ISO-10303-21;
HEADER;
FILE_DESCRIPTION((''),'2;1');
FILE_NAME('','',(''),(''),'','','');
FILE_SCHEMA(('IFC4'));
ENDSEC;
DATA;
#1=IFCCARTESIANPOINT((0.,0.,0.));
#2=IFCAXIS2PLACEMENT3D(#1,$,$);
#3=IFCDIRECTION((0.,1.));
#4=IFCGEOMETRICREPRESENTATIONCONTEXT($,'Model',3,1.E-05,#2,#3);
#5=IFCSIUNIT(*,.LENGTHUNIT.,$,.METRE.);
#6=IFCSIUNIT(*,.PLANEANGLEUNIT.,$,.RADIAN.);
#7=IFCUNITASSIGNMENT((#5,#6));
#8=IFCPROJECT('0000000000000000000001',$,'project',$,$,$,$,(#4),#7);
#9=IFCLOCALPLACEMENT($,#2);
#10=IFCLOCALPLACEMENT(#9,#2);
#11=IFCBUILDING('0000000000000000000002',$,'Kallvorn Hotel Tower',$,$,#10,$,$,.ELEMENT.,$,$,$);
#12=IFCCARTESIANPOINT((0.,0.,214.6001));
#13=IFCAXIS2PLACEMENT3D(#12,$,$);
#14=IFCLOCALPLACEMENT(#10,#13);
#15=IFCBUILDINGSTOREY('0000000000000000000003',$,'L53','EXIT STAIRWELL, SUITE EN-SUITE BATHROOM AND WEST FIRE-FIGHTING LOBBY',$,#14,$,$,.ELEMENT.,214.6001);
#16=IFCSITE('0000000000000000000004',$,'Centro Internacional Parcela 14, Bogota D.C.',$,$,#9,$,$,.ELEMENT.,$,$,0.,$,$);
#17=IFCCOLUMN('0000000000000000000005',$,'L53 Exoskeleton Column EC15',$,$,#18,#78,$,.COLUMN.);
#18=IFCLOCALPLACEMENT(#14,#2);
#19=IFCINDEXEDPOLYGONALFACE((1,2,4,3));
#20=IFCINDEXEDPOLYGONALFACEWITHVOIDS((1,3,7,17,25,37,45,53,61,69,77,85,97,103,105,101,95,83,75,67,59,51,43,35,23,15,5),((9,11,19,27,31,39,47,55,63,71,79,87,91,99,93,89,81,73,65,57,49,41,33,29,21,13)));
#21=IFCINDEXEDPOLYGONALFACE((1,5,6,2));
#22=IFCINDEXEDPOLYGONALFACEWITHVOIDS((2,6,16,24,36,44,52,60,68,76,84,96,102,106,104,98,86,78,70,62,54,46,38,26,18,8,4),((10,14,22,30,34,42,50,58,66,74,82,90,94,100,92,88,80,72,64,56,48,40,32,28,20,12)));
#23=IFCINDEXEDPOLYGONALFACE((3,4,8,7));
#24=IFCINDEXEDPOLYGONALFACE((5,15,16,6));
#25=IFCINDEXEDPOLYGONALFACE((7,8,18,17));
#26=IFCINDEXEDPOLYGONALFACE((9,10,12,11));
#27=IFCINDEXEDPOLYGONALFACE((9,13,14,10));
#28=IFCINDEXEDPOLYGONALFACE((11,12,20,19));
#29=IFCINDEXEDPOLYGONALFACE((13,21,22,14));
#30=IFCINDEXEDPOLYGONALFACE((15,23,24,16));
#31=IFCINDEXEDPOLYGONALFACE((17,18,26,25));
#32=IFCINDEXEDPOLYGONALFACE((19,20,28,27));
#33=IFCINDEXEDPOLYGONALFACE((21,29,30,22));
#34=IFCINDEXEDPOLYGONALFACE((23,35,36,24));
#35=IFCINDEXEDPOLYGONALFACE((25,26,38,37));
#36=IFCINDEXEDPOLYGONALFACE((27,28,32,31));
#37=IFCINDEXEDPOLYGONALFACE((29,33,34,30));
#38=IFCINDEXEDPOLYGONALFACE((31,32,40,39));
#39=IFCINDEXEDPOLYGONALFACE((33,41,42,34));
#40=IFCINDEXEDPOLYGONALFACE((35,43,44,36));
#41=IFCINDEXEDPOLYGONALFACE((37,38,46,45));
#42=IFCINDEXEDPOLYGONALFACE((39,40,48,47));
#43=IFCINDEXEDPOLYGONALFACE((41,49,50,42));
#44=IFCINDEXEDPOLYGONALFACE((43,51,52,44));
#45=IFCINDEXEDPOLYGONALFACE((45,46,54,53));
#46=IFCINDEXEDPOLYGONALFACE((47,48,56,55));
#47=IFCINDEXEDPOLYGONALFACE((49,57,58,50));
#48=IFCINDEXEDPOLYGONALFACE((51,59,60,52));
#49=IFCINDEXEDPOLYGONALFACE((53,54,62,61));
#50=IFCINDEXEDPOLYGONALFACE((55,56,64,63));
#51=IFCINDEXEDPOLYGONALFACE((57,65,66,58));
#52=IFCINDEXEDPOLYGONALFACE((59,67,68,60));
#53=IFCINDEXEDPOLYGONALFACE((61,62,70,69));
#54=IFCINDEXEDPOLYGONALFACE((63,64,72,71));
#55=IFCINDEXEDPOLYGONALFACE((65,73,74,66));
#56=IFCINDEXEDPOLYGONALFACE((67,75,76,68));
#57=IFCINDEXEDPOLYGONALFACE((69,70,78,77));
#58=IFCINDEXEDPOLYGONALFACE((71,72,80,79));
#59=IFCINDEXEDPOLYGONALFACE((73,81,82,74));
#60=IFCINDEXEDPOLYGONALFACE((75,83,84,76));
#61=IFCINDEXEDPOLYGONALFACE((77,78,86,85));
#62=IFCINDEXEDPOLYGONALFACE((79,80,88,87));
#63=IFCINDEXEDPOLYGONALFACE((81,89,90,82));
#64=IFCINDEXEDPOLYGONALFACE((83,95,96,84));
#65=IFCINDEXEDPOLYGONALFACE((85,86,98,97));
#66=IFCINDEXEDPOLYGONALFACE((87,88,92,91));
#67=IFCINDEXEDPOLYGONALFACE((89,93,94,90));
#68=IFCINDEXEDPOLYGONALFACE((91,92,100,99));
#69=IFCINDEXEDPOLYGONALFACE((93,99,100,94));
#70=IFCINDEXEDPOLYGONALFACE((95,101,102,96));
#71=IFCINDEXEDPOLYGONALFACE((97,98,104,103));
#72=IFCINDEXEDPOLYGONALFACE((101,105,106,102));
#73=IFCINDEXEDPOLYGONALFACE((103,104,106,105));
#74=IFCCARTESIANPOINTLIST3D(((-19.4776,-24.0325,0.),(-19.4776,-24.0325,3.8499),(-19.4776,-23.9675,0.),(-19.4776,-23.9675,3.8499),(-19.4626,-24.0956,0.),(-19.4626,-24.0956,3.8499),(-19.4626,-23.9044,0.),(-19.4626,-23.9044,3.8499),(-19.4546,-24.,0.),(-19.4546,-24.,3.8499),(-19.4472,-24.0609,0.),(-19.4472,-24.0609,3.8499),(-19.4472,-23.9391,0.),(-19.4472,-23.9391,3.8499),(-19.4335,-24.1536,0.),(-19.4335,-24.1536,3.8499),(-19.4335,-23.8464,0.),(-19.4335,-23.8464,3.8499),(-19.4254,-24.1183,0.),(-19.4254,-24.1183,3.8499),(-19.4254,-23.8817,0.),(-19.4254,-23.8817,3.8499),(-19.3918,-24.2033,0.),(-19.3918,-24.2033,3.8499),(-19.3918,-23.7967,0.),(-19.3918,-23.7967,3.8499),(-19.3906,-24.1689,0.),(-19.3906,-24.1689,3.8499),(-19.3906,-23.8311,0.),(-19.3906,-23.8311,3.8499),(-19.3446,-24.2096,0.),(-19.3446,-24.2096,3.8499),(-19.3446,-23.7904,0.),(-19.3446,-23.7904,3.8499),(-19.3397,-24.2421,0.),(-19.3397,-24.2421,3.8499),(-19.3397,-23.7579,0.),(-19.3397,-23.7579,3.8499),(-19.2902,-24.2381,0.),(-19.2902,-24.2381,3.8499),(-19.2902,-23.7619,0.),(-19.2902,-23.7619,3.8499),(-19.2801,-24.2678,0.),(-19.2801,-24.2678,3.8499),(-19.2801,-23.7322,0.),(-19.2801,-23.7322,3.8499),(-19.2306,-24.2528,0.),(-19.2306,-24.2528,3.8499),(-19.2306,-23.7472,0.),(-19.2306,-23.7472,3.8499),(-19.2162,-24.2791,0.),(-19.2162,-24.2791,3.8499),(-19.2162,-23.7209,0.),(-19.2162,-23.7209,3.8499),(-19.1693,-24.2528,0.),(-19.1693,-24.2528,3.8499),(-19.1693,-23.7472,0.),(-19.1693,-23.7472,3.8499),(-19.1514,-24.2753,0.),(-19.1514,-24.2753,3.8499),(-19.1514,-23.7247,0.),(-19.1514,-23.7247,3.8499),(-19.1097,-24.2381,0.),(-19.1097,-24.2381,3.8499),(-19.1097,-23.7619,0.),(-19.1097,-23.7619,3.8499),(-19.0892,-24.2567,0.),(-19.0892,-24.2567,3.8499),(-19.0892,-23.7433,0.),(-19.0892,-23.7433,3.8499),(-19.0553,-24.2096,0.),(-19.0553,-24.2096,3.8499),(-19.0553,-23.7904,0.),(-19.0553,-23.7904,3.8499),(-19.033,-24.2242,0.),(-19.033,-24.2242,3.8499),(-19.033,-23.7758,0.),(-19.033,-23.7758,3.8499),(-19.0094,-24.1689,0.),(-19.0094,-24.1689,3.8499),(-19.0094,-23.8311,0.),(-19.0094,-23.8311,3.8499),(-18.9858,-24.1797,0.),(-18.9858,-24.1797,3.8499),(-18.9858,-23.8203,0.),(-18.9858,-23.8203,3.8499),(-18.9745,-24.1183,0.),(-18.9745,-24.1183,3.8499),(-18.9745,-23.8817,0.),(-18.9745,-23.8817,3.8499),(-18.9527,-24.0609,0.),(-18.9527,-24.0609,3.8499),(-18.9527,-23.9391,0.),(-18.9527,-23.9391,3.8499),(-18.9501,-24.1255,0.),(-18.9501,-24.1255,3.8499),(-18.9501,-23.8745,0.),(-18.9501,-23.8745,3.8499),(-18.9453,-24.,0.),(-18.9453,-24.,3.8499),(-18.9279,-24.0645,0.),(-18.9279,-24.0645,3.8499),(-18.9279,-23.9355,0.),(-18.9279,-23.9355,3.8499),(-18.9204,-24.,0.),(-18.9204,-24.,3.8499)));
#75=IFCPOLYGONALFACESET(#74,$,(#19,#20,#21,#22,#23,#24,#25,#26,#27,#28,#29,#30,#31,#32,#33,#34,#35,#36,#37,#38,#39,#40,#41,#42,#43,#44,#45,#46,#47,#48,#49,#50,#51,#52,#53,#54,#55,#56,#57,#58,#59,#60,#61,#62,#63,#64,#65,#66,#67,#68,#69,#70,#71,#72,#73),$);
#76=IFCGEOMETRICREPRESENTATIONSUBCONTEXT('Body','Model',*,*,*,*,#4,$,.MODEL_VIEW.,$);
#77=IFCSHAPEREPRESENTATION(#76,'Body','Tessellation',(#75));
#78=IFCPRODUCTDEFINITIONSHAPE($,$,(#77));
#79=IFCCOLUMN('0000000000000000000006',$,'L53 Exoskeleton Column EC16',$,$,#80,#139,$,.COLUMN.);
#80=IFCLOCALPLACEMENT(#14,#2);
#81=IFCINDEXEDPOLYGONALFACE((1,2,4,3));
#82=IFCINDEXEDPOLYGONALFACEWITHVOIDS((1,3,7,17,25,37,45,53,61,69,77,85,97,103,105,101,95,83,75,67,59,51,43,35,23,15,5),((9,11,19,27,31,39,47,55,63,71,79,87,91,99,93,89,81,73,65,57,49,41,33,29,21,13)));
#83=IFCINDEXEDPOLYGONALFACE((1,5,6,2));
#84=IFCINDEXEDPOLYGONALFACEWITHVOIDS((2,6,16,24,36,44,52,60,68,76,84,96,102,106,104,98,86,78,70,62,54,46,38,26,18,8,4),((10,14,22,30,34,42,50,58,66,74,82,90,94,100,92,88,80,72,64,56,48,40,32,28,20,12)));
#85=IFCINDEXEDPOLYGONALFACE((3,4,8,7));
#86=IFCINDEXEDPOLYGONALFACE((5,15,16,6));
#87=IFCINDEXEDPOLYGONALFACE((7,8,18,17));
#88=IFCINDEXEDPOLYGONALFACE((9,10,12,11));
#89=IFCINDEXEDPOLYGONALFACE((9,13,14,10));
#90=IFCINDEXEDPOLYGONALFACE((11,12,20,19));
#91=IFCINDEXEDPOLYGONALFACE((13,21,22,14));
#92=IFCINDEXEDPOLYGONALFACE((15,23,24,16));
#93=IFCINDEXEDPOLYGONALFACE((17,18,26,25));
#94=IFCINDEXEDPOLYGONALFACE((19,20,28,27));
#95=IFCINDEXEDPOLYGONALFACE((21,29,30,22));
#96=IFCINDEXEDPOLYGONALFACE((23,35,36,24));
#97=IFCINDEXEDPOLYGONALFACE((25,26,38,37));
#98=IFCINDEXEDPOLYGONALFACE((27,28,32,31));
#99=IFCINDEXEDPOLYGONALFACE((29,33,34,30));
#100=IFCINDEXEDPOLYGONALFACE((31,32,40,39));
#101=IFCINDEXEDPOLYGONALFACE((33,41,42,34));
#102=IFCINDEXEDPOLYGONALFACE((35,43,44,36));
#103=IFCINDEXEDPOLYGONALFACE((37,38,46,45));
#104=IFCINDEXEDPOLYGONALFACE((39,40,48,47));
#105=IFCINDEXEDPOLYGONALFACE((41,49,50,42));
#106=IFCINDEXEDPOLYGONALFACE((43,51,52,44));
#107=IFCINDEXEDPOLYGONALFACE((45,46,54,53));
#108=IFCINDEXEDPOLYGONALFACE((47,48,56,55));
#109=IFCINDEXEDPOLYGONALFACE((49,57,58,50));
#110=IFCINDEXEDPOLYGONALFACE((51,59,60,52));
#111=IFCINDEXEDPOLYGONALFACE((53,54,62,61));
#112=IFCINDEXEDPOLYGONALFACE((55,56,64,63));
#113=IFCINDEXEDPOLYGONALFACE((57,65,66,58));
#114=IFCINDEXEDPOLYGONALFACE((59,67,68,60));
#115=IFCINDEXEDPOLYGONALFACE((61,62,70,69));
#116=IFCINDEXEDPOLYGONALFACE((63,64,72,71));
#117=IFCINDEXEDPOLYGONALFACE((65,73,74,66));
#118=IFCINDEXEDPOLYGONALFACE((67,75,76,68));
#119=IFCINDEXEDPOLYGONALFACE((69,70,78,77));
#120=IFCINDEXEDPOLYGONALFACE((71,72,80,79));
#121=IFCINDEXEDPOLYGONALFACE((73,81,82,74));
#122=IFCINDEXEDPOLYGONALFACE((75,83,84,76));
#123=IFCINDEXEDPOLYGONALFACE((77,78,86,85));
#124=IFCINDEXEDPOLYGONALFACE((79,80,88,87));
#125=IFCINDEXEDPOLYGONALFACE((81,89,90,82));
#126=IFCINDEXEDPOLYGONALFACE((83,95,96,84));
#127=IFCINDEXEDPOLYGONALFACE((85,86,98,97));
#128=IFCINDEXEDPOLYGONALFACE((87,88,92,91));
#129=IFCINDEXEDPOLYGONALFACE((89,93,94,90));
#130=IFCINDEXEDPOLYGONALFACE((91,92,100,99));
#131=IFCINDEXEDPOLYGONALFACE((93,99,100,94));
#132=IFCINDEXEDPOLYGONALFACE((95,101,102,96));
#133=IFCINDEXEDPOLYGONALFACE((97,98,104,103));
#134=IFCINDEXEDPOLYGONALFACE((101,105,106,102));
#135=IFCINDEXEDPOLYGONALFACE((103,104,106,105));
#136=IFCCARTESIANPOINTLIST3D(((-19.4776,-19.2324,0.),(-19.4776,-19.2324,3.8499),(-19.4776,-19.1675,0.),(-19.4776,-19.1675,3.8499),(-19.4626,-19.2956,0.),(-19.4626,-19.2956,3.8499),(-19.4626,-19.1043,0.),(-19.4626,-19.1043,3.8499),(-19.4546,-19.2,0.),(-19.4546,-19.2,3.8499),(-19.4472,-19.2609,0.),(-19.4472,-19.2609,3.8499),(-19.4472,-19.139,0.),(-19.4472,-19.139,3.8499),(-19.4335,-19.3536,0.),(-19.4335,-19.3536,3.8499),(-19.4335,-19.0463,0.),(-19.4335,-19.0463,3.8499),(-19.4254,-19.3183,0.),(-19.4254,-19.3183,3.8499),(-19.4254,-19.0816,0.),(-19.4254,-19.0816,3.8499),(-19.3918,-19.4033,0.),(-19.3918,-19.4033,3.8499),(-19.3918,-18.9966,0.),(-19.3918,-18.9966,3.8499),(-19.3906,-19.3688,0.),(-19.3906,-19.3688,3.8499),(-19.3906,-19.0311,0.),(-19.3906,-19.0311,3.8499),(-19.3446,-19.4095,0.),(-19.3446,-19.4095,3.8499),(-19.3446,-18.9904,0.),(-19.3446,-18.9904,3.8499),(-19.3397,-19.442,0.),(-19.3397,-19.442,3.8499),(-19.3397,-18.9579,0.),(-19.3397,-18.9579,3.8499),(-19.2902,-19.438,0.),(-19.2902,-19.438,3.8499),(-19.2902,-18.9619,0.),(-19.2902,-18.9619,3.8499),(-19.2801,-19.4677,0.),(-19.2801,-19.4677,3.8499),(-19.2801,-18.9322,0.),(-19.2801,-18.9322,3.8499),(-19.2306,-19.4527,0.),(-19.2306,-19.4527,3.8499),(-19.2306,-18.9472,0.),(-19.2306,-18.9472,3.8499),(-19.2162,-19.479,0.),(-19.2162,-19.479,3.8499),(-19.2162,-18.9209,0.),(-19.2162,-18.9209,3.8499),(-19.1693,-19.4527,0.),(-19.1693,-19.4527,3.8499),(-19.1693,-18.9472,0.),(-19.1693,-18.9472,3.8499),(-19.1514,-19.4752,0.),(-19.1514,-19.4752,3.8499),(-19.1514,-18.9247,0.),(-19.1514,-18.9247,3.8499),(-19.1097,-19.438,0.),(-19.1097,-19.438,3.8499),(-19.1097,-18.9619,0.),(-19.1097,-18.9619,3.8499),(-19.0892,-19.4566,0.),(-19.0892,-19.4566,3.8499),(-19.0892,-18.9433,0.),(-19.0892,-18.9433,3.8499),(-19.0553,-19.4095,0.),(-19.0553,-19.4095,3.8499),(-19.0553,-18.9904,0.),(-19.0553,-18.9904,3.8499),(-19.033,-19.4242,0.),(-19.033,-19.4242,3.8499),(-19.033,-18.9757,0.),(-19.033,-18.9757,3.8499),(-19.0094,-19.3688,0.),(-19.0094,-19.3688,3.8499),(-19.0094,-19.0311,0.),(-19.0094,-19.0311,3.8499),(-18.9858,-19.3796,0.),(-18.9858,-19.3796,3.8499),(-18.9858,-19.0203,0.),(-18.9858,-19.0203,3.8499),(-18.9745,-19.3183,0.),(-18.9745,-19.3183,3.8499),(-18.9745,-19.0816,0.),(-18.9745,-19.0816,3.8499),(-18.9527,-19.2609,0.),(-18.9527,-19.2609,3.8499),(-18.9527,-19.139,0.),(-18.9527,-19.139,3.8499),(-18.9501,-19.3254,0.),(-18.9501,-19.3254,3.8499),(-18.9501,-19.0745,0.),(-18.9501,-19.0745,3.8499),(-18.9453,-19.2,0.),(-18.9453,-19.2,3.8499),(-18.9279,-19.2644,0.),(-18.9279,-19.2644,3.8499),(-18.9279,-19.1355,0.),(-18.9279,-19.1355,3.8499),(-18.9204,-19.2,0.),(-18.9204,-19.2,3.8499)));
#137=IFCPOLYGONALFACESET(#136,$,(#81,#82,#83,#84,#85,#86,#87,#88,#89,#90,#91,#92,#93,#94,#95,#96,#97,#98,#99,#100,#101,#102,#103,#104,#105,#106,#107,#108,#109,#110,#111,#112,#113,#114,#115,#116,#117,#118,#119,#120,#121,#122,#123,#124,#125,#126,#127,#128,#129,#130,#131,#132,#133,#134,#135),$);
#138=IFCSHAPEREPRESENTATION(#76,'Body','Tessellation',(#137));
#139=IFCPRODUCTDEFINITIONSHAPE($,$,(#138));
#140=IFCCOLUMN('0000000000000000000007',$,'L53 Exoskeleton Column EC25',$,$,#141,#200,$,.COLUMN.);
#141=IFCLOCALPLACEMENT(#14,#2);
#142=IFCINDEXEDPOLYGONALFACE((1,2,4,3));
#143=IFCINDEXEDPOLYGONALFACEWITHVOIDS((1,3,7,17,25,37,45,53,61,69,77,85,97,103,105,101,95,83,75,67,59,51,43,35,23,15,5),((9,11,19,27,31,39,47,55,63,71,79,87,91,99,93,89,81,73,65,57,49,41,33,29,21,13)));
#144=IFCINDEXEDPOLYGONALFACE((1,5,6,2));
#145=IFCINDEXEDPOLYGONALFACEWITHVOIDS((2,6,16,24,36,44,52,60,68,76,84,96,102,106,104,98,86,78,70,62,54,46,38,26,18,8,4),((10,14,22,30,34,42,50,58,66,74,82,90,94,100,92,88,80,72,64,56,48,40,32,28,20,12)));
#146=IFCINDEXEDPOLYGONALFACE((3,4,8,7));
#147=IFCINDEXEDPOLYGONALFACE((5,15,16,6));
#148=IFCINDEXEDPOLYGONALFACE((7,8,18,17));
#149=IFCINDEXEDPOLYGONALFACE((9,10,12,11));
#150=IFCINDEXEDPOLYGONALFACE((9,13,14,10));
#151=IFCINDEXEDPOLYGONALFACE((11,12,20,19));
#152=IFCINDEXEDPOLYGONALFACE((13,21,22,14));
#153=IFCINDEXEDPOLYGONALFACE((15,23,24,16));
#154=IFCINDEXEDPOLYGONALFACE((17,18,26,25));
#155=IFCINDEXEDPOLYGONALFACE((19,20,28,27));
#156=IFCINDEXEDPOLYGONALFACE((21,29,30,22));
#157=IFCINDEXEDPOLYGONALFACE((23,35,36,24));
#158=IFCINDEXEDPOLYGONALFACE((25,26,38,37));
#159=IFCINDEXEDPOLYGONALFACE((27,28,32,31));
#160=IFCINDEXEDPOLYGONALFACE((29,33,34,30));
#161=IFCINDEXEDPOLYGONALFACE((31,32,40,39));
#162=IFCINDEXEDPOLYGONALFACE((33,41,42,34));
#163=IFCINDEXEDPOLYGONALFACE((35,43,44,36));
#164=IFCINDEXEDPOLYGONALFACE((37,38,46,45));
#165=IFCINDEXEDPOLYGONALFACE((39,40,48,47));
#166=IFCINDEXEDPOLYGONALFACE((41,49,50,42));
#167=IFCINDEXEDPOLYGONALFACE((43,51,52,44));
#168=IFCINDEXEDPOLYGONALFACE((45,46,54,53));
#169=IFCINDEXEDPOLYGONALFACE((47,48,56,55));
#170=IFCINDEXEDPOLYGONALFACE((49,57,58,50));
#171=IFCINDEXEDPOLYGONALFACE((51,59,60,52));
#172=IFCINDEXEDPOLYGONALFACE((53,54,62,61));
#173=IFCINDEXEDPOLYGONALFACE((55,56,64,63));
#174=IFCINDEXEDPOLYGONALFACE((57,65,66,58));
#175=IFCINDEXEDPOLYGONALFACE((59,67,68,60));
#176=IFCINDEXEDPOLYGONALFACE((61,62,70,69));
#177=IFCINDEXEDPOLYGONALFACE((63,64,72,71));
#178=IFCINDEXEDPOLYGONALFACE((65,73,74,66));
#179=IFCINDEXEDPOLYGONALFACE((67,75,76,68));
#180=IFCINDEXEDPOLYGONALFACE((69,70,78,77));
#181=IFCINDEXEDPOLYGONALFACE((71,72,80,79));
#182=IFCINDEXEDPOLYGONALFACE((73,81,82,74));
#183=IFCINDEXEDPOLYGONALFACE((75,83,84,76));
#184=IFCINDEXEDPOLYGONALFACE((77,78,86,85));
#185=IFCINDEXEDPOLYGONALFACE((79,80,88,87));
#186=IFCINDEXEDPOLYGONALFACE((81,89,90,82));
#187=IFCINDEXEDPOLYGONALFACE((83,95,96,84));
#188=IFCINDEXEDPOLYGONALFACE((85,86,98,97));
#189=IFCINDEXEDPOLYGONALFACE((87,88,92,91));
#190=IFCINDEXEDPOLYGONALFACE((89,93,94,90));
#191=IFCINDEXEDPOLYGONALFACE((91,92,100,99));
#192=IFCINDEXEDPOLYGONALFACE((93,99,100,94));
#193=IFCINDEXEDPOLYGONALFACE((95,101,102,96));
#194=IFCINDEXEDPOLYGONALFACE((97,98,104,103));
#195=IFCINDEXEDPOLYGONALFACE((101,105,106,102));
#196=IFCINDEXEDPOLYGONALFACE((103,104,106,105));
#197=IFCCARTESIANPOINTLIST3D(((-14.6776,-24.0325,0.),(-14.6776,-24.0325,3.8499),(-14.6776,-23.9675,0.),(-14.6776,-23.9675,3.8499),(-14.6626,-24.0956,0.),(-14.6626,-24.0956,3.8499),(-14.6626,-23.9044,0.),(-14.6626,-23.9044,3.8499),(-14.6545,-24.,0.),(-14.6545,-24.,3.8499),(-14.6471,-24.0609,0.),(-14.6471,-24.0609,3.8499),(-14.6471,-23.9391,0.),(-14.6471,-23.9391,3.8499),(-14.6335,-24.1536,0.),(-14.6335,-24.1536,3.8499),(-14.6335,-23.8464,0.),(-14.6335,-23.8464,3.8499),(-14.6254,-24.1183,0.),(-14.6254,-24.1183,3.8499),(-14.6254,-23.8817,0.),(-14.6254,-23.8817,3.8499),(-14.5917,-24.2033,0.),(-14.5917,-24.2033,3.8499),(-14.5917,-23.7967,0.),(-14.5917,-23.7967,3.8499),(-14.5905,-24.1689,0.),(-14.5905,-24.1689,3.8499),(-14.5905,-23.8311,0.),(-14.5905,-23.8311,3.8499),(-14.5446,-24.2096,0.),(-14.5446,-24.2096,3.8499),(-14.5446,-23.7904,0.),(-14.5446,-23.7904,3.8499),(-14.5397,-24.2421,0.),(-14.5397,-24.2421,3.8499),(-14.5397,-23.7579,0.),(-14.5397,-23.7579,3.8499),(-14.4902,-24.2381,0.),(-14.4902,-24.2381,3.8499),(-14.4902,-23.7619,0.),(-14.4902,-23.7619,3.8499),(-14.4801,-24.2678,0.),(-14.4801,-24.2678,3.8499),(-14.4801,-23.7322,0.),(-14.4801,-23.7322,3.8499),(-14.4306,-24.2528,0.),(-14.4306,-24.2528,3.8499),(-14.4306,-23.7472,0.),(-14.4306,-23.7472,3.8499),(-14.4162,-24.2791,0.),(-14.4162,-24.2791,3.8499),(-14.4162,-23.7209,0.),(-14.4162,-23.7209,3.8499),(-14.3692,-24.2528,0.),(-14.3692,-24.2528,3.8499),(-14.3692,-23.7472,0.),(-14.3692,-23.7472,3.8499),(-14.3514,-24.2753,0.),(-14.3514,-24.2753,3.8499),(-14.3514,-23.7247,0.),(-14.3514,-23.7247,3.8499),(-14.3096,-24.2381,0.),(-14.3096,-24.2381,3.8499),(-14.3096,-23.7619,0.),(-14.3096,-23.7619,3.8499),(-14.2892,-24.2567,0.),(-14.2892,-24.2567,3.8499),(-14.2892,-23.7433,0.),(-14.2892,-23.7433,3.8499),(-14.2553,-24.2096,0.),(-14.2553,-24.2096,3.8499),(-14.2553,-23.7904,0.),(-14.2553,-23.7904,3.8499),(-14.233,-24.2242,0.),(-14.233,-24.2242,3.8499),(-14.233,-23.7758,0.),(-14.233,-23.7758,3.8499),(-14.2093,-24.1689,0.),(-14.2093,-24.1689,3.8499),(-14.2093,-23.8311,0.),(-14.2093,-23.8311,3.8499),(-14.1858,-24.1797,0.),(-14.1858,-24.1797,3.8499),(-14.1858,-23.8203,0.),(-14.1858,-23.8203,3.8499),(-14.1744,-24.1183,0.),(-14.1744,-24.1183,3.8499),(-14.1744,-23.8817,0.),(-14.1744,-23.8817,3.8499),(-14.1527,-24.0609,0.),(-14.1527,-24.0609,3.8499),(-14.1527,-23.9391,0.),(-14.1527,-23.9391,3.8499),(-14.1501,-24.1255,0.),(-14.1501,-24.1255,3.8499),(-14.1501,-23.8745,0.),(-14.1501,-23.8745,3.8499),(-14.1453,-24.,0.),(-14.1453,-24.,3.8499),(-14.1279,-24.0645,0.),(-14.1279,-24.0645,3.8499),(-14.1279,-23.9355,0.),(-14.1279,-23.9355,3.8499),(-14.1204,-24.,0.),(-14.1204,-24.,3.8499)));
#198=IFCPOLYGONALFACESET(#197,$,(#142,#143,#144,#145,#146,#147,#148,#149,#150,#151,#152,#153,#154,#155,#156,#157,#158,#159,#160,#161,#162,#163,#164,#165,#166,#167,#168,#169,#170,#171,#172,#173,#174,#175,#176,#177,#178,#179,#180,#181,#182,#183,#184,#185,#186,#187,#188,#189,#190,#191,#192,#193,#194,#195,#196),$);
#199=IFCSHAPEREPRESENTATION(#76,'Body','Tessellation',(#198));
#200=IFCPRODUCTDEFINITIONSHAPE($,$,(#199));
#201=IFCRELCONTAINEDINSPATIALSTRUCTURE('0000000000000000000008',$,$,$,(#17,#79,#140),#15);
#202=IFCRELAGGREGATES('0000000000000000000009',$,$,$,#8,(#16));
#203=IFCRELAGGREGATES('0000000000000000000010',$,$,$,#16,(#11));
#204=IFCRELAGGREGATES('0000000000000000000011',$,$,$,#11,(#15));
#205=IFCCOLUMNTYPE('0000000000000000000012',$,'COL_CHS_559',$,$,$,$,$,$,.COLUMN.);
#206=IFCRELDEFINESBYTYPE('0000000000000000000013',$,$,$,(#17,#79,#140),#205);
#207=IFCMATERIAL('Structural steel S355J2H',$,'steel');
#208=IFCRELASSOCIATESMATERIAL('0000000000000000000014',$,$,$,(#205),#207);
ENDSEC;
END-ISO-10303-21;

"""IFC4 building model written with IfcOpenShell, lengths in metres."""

from ifc_helpers import new_model, si_unit, direction, frame, origin, origin_2d, place, context, subcontext, project, spatial, hollow_circle, extrude, material, material_profile, profile_set, type_object, element, save


model = new_model("IFC4")

# Units and contexts
model_context = context("Model", 3, precision=1e-05, world=origin(), true_north=direction((0.0, 1.0)))
body_context = subcontext(model_context, "Body", "Model", "MODEL_VIEW")
ifc_project = project(units=[si_unit("LENGTHUNIT", "METRE"), si_unit("PLANEANGLEUNIT", "RADIAN")], contexts=[model_context])

# Site, building, storey
site_placement = place(None, origin())
site = spatial("IfcSite", under=ifc_project, at=site_placement, Name="Centro Internacional Parcela 14, Bogota D.C.", CompositionType="ELEMENT", RefElevation=0.0)
building_placement = place(site_placement, origin())
building = spatial("IfcBuilding", under=site, at=building_placement, Name="Kallvorn Hotel Tower", CompositionType="ELEMENT")
storey_placement = place(building_placement, frame((0.0, 0.0, 214.6001)))
storey = spatial("IfcBuildingStorey", under=building, at=storey_placement, Name="L53", Description="EXIT STAIRWELL, SUITE EN-SUITE BATHROOM AND WEST FIRE-FIGHTING LOBBY", CompositionType="ELEMENT", Elevation=214.6001)

# Columns
ifc_material_1 = material(Name="Structural steel S355J2H", Category="steel")
ifc_material_profile_1 = material_profile(ifc_material_1, hollow_circle(Radius=0.2795, WallThickness=0.0249, at=origin_2d()), Name="CHS 559x25")
ifc_profile_set_1 = profile_set([ifc_material_profile_1], Name="Structural steel S355J2H")
column_type = type_object("IfcColumnType", Name="COL_CHS_559", PredefinedType="COLUMN", material=ifc_profile_set_1)
for number, where, z_axis, x_axis, name in (
    (1, (-19.2, -24.0, 0.0), (0.0, 0.0, 1.0), (1.0, 0.0, 0.0), "L53 Exoskeleton Column EC15"),
    (2, (-19.2, -19.2, 0.0), (0.0, 0.0, 1.0), (1.0, 0.0, 0.0), "L53 Exoskeleton Column EC16"),
    (3, (-14.3999, -24.0, 0.0), (0.0, 0.0, 1.0), (1.0, 0.0, 0.0), "L53 Exoskeleton Column EC25"),
):
    element("IfcColumn", number, at=place(storey_placement, frame(where, z_axis=z_axis, x_axis=x_axis)), inside=storey, type_object=column_type, Name=name, PredefinedType="COLUMN", context=body_context, shape_type="SweptSolid", body=[
        extrude(hollow_circle(Radius=0.2795, WallThickness=0.0249, at=origin_2d()), origin(), (0.0, 0.0, 1.0), 3.8499),
    ])

save(model, "model.ifc")
